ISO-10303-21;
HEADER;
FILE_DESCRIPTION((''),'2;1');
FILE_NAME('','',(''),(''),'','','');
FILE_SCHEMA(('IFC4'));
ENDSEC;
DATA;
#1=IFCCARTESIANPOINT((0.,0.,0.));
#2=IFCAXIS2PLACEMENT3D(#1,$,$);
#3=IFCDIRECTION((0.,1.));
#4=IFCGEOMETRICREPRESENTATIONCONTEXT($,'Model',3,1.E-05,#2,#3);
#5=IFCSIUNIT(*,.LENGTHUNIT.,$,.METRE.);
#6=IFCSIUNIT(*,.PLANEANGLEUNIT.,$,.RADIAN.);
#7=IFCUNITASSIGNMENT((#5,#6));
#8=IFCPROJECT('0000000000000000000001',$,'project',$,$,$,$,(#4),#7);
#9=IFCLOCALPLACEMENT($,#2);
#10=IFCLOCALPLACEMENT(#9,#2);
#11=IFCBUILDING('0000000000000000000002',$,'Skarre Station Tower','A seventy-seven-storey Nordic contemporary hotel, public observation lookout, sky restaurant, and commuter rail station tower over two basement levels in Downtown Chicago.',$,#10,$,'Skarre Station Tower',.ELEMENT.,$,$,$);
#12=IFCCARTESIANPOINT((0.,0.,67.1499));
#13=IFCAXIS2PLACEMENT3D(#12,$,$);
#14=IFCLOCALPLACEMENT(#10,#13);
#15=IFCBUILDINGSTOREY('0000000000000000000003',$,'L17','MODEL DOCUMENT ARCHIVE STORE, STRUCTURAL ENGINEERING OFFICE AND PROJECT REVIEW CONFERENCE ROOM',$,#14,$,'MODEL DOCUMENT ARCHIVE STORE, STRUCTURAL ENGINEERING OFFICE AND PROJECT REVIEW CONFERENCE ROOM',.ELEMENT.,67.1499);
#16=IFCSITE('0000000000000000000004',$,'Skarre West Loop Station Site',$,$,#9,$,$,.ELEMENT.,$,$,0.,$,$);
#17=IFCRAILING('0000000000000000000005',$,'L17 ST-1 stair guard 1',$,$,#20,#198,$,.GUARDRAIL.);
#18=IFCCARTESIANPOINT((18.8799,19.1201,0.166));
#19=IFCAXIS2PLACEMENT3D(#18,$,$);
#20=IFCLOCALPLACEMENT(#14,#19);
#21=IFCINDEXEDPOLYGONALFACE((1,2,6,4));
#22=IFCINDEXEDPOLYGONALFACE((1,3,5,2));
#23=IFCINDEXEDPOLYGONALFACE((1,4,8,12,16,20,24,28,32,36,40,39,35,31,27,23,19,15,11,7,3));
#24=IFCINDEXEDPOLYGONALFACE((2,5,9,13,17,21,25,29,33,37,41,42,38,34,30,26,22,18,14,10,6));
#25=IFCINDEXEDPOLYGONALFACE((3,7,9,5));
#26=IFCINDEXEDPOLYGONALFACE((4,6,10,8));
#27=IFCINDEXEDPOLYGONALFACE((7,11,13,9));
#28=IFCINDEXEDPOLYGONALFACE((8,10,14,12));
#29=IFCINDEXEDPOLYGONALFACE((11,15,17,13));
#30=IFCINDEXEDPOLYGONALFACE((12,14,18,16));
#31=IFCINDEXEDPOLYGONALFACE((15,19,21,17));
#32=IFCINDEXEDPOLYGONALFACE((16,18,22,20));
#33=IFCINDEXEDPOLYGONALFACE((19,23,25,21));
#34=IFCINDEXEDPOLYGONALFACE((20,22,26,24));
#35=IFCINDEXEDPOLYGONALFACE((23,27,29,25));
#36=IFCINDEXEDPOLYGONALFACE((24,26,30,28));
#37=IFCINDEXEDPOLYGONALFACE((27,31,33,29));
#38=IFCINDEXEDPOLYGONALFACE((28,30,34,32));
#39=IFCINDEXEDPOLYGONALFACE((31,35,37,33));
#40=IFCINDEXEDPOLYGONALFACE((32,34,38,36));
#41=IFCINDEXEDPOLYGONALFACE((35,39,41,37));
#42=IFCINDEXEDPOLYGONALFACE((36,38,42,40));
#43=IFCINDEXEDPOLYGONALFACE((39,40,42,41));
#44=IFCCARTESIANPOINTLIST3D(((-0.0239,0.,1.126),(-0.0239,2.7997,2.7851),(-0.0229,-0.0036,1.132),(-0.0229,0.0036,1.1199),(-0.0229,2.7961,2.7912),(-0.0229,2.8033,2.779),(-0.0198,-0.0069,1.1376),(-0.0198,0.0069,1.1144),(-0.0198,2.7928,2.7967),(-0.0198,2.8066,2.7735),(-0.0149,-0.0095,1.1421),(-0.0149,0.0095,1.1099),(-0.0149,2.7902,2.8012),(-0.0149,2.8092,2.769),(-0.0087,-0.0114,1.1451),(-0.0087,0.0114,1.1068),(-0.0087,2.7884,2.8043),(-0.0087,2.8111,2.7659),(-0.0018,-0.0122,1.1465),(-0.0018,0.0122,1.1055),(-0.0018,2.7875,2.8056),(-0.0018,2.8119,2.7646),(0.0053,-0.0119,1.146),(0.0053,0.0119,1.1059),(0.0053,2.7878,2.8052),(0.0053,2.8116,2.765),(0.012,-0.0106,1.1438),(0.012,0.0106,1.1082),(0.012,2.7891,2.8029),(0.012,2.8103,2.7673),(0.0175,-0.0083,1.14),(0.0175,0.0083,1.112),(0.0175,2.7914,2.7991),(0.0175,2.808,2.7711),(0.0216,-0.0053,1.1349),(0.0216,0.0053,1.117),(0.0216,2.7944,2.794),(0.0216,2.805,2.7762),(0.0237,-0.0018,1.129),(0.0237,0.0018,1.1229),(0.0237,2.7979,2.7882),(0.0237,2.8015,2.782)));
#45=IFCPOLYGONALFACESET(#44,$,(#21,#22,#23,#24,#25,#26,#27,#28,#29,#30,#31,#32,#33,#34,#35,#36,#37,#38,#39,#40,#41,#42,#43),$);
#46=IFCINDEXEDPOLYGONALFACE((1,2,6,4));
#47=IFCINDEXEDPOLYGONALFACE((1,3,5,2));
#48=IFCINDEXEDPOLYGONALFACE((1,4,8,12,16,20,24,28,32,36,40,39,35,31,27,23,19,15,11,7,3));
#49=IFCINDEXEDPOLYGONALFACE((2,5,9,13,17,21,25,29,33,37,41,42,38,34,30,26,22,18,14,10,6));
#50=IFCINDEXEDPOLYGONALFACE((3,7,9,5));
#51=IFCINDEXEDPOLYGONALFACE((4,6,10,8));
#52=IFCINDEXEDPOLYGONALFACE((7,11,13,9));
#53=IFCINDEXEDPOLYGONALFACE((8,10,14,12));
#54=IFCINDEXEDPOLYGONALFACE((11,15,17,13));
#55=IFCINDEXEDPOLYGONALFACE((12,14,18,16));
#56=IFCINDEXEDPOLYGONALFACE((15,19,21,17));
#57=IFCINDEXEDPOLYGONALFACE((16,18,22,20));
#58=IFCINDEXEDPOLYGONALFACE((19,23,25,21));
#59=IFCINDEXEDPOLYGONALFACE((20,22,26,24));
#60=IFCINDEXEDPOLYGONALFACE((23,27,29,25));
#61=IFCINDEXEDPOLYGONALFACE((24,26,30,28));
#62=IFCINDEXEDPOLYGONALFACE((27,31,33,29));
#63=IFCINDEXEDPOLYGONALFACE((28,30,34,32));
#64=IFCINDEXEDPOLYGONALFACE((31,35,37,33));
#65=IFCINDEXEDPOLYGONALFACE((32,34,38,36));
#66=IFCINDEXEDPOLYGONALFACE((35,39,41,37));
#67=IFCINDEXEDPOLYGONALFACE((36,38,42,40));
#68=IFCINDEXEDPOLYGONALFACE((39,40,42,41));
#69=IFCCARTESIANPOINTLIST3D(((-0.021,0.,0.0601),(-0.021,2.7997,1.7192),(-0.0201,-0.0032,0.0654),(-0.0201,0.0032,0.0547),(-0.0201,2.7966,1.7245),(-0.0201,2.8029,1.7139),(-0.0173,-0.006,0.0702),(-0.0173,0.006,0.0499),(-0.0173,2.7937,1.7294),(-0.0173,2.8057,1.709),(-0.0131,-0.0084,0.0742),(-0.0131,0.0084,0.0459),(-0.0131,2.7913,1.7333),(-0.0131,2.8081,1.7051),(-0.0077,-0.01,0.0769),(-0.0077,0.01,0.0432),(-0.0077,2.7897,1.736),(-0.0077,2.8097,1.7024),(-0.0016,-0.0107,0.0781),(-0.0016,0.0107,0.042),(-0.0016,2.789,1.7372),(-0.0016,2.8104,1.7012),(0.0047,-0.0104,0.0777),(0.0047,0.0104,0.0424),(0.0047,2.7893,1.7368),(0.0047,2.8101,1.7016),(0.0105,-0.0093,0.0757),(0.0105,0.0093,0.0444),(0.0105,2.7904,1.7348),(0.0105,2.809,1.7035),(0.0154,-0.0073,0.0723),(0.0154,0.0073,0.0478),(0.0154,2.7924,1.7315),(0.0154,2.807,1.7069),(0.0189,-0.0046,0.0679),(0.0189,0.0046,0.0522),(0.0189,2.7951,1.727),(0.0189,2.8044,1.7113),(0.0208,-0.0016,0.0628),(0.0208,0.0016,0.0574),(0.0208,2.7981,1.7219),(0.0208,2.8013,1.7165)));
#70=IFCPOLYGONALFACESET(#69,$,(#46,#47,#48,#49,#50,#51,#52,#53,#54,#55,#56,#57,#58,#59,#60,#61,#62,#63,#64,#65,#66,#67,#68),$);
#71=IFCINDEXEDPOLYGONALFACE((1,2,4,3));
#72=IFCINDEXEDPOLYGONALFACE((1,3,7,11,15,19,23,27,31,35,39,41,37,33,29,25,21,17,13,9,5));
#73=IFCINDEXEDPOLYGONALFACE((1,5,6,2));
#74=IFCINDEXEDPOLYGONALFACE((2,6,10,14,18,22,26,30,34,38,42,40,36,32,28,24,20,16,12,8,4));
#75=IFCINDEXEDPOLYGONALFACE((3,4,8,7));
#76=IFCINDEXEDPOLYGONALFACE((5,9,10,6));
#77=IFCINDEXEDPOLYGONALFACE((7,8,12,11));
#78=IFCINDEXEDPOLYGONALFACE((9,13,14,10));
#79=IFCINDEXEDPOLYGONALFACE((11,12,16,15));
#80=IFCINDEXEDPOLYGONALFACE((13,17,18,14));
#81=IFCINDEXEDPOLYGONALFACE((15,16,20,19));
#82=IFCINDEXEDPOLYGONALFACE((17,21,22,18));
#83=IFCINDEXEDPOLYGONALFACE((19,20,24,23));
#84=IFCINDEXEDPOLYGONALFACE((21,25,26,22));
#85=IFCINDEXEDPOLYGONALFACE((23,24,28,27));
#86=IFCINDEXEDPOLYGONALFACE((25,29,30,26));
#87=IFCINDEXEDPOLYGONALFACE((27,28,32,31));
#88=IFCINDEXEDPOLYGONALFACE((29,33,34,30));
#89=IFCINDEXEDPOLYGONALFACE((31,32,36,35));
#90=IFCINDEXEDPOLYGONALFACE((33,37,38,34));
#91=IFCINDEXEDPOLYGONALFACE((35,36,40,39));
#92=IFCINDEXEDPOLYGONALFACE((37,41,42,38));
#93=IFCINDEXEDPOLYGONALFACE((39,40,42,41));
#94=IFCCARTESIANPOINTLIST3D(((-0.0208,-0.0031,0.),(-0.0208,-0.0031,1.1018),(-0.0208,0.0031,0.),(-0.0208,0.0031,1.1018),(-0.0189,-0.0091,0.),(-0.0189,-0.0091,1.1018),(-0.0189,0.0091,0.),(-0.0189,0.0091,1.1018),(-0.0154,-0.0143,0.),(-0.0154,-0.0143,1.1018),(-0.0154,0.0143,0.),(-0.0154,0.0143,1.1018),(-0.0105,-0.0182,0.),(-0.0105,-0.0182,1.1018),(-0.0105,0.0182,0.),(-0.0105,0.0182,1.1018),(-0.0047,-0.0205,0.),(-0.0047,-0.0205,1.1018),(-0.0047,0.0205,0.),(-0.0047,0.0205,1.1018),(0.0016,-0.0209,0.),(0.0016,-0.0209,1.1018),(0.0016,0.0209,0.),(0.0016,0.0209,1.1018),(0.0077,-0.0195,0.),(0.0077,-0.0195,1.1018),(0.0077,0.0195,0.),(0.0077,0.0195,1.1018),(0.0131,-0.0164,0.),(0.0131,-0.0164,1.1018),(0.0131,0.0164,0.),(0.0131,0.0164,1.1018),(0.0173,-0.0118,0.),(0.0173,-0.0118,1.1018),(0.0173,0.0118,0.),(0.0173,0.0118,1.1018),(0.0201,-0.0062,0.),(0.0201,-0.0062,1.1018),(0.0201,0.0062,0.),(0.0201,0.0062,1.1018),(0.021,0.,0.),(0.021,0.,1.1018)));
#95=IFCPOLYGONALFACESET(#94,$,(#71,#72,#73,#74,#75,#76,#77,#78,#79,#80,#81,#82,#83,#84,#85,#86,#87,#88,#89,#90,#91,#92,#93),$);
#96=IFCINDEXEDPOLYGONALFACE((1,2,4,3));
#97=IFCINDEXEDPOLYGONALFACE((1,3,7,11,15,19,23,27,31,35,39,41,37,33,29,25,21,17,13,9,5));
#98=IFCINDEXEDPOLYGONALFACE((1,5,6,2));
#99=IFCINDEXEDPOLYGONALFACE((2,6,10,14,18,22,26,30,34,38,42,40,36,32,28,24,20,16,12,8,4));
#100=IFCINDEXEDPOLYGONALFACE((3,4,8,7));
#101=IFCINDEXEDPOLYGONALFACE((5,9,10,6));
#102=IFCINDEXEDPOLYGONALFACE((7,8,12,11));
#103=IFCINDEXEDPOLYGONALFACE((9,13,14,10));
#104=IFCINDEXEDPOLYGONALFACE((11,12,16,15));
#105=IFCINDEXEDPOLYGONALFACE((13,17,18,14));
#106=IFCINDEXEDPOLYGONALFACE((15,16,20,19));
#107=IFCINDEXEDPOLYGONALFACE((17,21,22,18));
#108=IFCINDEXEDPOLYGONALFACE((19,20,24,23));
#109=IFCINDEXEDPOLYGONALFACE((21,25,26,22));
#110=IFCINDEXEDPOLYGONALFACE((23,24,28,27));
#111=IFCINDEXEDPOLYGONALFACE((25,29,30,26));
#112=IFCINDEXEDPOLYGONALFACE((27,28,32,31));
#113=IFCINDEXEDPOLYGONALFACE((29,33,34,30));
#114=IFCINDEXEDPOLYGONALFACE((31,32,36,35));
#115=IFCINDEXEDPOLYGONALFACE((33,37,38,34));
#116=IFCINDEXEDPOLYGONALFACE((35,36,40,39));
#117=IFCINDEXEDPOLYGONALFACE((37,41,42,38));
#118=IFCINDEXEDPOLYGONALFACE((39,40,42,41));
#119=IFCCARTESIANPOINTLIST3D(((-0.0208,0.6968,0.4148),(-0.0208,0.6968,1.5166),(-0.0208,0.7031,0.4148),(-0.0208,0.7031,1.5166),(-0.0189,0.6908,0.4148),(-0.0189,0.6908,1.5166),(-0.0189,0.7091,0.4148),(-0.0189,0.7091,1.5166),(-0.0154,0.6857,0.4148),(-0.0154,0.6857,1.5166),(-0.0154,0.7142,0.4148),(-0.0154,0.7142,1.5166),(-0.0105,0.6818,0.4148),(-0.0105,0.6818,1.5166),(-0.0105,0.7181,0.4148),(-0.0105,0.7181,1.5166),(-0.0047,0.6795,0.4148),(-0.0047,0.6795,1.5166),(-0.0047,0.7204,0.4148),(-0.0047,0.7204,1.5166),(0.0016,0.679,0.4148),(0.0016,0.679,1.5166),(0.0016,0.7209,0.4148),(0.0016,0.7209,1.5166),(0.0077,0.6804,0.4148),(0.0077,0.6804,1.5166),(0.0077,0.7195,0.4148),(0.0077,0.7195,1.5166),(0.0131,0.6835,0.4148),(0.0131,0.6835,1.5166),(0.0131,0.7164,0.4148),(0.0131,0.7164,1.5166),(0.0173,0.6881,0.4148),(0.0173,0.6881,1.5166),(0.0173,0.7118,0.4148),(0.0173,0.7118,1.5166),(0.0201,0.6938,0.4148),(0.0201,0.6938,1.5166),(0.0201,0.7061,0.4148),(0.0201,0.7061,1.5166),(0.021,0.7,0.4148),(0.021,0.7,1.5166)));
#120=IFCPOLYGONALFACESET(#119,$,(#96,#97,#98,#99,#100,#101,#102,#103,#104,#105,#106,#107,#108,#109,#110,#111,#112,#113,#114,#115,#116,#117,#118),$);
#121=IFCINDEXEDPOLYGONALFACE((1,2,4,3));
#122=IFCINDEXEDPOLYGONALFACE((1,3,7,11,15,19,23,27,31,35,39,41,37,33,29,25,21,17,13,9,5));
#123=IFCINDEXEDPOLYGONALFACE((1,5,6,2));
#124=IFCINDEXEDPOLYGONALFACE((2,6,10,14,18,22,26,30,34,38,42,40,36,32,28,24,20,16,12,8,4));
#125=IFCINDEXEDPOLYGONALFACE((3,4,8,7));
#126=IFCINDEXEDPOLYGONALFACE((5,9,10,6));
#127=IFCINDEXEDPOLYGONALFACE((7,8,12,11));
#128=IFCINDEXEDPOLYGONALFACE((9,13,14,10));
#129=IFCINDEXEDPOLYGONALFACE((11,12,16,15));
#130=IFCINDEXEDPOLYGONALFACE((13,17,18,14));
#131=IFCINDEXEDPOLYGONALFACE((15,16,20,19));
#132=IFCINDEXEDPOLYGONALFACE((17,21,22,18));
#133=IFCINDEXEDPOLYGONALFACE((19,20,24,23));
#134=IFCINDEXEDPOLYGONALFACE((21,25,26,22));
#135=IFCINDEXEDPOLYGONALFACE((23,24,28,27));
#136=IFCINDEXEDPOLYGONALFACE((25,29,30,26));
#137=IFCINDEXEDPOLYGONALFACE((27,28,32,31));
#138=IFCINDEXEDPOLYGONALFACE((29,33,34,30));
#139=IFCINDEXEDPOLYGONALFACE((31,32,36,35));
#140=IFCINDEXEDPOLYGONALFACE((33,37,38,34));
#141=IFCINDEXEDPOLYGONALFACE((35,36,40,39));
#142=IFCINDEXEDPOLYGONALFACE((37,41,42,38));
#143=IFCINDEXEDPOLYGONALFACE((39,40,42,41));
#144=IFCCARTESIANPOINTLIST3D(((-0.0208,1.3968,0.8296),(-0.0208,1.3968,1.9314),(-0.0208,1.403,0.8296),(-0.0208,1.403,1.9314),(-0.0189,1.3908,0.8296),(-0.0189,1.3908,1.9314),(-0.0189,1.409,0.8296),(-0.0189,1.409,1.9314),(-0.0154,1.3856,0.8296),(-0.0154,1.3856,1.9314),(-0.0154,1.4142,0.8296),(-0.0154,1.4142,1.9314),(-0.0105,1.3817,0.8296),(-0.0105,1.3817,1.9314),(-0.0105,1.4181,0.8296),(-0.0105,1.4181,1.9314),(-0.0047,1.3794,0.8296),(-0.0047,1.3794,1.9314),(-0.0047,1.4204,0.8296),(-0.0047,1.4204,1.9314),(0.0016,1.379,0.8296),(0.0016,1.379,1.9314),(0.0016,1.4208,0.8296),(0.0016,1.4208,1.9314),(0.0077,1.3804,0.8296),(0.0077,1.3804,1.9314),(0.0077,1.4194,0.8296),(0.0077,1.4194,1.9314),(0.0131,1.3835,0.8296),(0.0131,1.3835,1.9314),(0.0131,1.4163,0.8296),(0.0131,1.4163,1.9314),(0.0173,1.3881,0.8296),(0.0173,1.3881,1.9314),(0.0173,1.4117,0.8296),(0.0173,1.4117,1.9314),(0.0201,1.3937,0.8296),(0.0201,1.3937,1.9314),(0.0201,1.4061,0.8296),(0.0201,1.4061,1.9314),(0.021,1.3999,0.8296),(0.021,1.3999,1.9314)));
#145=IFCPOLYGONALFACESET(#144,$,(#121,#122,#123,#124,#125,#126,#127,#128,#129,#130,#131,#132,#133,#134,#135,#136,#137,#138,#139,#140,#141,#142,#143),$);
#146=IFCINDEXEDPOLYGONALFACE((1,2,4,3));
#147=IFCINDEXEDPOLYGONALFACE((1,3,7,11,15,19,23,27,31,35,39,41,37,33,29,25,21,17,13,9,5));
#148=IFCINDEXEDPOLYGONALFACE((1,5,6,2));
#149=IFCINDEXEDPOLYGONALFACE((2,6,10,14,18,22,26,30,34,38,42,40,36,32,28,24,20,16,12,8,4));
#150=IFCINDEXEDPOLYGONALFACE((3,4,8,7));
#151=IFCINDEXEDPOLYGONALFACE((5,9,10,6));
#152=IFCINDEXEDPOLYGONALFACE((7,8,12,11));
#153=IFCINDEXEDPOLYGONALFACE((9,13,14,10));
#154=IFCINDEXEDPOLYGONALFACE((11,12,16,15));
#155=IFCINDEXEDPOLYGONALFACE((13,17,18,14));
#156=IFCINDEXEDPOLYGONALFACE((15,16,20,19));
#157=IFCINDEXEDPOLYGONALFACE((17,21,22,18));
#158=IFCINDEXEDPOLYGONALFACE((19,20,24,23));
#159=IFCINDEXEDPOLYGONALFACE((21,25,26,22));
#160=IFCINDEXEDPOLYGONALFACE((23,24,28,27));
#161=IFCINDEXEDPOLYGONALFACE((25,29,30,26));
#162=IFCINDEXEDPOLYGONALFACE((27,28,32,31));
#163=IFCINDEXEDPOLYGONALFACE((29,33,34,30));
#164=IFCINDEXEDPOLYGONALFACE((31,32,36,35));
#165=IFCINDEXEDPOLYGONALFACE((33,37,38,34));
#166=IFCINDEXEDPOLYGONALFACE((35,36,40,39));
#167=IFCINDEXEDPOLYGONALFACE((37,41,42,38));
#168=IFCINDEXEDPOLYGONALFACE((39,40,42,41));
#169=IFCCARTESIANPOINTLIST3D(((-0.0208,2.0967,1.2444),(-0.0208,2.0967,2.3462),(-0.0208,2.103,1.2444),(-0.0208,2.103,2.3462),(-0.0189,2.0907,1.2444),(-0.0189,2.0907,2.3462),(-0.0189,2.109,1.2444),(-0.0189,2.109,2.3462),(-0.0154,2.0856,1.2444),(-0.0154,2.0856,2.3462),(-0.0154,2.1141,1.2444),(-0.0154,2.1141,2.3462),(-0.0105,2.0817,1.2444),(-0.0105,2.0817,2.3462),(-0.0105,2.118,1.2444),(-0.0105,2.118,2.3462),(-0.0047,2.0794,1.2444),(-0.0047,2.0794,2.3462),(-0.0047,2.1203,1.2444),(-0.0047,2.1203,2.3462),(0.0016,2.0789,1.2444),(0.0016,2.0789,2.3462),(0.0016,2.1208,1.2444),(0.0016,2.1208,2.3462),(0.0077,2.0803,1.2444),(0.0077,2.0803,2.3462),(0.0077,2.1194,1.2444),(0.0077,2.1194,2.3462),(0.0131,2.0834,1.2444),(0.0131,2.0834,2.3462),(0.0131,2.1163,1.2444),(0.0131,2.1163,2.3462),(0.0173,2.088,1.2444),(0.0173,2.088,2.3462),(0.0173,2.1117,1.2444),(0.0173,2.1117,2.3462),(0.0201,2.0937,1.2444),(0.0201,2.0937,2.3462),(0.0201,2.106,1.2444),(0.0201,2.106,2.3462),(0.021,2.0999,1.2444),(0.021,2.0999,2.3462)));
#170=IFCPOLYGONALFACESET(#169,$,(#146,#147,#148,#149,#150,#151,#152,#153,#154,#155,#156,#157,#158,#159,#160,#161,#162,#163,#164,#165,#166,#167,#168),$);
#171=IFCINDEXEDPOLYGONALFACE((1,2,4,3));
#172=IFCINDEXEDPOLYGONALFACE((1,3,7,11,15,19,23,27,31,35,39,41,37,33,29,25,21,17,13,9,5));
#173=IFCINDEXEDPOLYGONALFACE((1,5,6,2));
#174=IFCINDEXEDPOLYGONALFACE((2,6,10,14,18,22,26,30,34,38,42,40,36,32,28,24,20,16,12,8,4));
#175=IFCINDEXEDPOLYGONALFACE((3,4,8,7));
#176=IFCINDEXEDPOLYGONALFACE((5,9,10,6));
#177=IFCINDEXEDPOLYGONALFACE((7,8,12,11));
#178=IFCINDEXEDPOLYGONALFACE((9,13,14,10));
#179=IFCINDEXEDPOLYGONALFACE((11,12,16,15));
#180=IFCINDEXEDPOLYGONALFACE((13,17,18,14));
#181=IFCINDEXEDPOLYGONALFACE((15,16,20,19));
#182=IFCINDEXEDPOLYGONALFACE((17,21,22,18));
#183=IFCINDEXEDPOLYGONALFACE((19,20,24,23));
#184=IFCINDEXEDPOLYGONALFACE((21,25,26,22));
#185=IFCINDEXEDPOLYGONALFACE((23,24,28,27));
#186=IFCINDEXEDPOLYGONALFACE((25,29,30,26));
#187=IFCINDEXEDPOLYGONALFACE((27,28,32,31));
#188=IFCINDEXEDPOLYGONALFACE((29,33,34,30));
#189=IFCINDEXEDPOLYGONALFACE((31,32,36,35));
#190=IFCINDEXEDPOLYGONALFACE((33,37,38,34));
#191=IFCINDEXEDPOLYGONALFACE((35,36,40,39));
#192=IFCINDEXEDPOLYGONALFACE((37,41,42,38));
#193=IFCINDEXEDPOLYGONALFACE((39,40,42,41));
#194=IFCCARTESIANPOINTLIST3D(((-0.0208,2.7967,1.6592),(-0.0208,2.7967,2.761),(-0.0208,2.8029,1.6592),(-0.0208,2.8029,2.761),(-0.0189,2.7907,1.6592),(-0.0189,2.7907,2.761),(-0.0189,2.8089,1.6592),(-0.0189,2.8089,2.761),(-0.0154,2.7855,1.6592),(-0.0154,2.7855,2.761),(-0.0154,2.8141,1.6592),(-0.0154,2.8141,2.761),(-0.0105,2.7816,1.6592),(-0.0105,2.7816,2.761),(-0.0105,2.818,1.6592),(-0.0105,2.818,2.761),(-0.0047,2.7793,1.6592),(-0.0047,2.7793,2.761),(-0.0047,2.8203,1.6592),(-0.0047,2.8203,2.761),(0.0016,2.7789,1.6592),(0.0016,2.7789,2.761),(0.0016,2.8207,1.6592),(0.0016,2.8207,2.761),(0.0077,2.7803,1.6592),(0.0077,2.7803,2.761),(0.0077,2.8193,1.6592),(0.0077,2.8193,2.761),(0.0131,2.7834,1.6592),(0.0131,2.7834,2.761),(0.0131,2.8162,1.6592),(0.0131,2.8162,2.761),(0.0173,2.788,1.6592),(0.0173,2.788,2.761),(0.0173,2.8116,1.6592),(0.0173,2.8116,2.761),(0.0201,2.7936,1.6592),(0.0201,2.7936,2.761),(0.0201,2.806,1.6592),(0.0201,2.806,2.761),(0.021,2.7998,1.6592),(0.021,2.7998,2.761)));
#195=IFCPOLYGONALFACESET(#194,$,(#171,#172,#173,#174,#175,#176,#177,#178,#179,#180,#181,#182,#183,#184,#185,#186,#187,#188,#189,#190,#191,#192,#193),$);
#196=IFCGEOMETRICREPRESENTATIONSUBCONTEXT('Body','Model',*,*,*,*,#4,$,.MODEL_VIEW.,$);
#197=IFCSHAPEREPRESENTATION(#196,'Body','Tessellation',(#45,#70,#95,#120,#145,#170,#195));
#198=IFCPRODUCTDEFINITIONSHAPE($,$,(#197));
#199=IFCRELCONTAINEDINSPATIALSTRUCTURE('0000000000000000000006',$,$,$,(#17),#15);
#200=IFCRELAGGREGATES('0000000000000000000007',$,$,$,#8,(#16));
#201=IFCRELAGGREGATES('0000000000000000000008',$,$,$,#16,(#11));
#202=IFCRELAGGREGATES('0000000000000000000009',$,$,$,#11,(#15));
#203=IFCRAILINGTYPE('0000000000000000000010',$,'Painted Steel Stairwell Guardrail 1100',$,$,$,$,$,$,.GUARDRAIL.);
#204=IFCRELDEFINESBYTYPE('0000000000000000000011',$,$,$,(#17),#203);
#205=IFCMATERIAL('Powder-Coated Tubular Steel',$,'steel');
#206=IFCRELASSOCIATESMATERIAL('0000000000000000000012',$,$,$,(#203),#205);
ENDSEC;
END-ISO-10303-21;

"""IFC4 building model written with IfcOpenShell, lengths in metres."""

from ifc_helpers import new_model, si_unit, direction, frame, origin, origin_2d, place, context, subcontext, project, spatial, circle, extrude, material, type_object, element, save


model = new_model("IFC4")

# Units and contexts
model_context = context("Model", 3, precision=1e-05, world=origin(), true_north=direction((0.0, 1.0)))
body_context = subcontext(model_context, "Body", "Model", "MODEL_VIEW")
ifc_project = project(units=[si_unit("LENGTHUNIT", "METRE"), si_unit("PLANEANGLEUNIT", "RADIAN")], contexts=[model_context])

# Site, building, storey
site_placement = place(None, origin())
site = spatial("IfcSite", under=ifc_project, at=site_placement, Name="Skarre West Loop Station Site", CompositionType="ELEMENT", RefElevation=0.0)
building_placement = place(site_placement, origin())
building = spatial("IfcBuilding", under=site, at=building_placement, Name="Skarre Station Tower", Description="A seventy-seven-storey Nordic contemporary hotel, public observation lookout, sky restaurant, and commuter rail station tower over two basement levels in Downtown Chicago.", LongName="Skarre Station Tower", CompositionType="ELEMENT")
storey_placement = place(building_placement, frame((0.0, 0.0, 67.1499)))
storey = spatial("IfcBuildingStorey", under=building, at=storey_placement, Name="L17", Description="MODEL DOCUMENT ARCHIVE STORE, STRUCTURAL ENGINEERING OFFICE AND PROJECT REVIEW CONFERENCE ROOM", LongName="MODEL DOCUMENT ARCHIVE STORE, STRUCTURAL ENGINEERING OFFICE AND PROJECT REVIEW CONFERENCE ROOM", CompositionType="ELEMENT", Elevation=67.1499)

# Railing
ifc_material_1 = material(Name="Powder-Coated Tubular Steel", Category="steel")
railing_type_1 = type_object("IfcRailingType", Name="Painted Steel Stairwell Guardrail 1100", PredefinedType="GUARDRAIL", material=ifc_material_1)
railing_1_placement = place(storey_placement, frame((18.8799, 19.1201, 0.166)))
element("IfcRailing", 1, at=railing_1_placement, inside=storey, type_object=railing_type_1, Name="L17 ST-1 stair guard 1", PredefinedType="GUARDRAIL", context=body_context, shape_type="SweptSolid", body=[
    extrude(circle(Radius=0.0239, at=origin_2d()), frame((0.0, 0.0, 1.126), z_axis=(0.0, 0.860287, 0.509811), x_axis=(-1.0, 0.0, 0.0)), (0.0, 0.0, 1.0), 3.2544),
    extrude(circle(Radius=0.021, at=origin_2d()), frame((0.0, 0.0, 0.0601), z_axis=(0.0, 0.860287, 0.509811), x_axis=(-1.0, 0.0, 0.0)), (0.0, 0.0, 1.0), 3.2544),
    extrude(circle(Radius=0.021, at=origin_2d()), origin(), (0.0, 0.0, 1.0), 1.1018),
    extrude(circle(Radius=0.021, at=origin_2d()), frame((0.0, 0.7, 0.4148)), (0.0, 0.0, 1.0), 1.1018),
    extrude(circle(Radius=0.021, at=origin_2d()), frame((0.0, 1.3999, 0.8296)), (0.0, 0.0, 1.0), 1.1018),
    extrude(circle(Radius=0.021, at=origin_2d()), frame((0.0, 2.0999, 1.2444)), (0.0, 0.0, 1.0), 1.1018),
    extrude(circle(Radius=0.021, at=origin_2d()), frame((0.0, 2.7998, 1.6592)), (0.0, 0.0, 1.0), 1.1018),
])

save(model, "model.ifc")
